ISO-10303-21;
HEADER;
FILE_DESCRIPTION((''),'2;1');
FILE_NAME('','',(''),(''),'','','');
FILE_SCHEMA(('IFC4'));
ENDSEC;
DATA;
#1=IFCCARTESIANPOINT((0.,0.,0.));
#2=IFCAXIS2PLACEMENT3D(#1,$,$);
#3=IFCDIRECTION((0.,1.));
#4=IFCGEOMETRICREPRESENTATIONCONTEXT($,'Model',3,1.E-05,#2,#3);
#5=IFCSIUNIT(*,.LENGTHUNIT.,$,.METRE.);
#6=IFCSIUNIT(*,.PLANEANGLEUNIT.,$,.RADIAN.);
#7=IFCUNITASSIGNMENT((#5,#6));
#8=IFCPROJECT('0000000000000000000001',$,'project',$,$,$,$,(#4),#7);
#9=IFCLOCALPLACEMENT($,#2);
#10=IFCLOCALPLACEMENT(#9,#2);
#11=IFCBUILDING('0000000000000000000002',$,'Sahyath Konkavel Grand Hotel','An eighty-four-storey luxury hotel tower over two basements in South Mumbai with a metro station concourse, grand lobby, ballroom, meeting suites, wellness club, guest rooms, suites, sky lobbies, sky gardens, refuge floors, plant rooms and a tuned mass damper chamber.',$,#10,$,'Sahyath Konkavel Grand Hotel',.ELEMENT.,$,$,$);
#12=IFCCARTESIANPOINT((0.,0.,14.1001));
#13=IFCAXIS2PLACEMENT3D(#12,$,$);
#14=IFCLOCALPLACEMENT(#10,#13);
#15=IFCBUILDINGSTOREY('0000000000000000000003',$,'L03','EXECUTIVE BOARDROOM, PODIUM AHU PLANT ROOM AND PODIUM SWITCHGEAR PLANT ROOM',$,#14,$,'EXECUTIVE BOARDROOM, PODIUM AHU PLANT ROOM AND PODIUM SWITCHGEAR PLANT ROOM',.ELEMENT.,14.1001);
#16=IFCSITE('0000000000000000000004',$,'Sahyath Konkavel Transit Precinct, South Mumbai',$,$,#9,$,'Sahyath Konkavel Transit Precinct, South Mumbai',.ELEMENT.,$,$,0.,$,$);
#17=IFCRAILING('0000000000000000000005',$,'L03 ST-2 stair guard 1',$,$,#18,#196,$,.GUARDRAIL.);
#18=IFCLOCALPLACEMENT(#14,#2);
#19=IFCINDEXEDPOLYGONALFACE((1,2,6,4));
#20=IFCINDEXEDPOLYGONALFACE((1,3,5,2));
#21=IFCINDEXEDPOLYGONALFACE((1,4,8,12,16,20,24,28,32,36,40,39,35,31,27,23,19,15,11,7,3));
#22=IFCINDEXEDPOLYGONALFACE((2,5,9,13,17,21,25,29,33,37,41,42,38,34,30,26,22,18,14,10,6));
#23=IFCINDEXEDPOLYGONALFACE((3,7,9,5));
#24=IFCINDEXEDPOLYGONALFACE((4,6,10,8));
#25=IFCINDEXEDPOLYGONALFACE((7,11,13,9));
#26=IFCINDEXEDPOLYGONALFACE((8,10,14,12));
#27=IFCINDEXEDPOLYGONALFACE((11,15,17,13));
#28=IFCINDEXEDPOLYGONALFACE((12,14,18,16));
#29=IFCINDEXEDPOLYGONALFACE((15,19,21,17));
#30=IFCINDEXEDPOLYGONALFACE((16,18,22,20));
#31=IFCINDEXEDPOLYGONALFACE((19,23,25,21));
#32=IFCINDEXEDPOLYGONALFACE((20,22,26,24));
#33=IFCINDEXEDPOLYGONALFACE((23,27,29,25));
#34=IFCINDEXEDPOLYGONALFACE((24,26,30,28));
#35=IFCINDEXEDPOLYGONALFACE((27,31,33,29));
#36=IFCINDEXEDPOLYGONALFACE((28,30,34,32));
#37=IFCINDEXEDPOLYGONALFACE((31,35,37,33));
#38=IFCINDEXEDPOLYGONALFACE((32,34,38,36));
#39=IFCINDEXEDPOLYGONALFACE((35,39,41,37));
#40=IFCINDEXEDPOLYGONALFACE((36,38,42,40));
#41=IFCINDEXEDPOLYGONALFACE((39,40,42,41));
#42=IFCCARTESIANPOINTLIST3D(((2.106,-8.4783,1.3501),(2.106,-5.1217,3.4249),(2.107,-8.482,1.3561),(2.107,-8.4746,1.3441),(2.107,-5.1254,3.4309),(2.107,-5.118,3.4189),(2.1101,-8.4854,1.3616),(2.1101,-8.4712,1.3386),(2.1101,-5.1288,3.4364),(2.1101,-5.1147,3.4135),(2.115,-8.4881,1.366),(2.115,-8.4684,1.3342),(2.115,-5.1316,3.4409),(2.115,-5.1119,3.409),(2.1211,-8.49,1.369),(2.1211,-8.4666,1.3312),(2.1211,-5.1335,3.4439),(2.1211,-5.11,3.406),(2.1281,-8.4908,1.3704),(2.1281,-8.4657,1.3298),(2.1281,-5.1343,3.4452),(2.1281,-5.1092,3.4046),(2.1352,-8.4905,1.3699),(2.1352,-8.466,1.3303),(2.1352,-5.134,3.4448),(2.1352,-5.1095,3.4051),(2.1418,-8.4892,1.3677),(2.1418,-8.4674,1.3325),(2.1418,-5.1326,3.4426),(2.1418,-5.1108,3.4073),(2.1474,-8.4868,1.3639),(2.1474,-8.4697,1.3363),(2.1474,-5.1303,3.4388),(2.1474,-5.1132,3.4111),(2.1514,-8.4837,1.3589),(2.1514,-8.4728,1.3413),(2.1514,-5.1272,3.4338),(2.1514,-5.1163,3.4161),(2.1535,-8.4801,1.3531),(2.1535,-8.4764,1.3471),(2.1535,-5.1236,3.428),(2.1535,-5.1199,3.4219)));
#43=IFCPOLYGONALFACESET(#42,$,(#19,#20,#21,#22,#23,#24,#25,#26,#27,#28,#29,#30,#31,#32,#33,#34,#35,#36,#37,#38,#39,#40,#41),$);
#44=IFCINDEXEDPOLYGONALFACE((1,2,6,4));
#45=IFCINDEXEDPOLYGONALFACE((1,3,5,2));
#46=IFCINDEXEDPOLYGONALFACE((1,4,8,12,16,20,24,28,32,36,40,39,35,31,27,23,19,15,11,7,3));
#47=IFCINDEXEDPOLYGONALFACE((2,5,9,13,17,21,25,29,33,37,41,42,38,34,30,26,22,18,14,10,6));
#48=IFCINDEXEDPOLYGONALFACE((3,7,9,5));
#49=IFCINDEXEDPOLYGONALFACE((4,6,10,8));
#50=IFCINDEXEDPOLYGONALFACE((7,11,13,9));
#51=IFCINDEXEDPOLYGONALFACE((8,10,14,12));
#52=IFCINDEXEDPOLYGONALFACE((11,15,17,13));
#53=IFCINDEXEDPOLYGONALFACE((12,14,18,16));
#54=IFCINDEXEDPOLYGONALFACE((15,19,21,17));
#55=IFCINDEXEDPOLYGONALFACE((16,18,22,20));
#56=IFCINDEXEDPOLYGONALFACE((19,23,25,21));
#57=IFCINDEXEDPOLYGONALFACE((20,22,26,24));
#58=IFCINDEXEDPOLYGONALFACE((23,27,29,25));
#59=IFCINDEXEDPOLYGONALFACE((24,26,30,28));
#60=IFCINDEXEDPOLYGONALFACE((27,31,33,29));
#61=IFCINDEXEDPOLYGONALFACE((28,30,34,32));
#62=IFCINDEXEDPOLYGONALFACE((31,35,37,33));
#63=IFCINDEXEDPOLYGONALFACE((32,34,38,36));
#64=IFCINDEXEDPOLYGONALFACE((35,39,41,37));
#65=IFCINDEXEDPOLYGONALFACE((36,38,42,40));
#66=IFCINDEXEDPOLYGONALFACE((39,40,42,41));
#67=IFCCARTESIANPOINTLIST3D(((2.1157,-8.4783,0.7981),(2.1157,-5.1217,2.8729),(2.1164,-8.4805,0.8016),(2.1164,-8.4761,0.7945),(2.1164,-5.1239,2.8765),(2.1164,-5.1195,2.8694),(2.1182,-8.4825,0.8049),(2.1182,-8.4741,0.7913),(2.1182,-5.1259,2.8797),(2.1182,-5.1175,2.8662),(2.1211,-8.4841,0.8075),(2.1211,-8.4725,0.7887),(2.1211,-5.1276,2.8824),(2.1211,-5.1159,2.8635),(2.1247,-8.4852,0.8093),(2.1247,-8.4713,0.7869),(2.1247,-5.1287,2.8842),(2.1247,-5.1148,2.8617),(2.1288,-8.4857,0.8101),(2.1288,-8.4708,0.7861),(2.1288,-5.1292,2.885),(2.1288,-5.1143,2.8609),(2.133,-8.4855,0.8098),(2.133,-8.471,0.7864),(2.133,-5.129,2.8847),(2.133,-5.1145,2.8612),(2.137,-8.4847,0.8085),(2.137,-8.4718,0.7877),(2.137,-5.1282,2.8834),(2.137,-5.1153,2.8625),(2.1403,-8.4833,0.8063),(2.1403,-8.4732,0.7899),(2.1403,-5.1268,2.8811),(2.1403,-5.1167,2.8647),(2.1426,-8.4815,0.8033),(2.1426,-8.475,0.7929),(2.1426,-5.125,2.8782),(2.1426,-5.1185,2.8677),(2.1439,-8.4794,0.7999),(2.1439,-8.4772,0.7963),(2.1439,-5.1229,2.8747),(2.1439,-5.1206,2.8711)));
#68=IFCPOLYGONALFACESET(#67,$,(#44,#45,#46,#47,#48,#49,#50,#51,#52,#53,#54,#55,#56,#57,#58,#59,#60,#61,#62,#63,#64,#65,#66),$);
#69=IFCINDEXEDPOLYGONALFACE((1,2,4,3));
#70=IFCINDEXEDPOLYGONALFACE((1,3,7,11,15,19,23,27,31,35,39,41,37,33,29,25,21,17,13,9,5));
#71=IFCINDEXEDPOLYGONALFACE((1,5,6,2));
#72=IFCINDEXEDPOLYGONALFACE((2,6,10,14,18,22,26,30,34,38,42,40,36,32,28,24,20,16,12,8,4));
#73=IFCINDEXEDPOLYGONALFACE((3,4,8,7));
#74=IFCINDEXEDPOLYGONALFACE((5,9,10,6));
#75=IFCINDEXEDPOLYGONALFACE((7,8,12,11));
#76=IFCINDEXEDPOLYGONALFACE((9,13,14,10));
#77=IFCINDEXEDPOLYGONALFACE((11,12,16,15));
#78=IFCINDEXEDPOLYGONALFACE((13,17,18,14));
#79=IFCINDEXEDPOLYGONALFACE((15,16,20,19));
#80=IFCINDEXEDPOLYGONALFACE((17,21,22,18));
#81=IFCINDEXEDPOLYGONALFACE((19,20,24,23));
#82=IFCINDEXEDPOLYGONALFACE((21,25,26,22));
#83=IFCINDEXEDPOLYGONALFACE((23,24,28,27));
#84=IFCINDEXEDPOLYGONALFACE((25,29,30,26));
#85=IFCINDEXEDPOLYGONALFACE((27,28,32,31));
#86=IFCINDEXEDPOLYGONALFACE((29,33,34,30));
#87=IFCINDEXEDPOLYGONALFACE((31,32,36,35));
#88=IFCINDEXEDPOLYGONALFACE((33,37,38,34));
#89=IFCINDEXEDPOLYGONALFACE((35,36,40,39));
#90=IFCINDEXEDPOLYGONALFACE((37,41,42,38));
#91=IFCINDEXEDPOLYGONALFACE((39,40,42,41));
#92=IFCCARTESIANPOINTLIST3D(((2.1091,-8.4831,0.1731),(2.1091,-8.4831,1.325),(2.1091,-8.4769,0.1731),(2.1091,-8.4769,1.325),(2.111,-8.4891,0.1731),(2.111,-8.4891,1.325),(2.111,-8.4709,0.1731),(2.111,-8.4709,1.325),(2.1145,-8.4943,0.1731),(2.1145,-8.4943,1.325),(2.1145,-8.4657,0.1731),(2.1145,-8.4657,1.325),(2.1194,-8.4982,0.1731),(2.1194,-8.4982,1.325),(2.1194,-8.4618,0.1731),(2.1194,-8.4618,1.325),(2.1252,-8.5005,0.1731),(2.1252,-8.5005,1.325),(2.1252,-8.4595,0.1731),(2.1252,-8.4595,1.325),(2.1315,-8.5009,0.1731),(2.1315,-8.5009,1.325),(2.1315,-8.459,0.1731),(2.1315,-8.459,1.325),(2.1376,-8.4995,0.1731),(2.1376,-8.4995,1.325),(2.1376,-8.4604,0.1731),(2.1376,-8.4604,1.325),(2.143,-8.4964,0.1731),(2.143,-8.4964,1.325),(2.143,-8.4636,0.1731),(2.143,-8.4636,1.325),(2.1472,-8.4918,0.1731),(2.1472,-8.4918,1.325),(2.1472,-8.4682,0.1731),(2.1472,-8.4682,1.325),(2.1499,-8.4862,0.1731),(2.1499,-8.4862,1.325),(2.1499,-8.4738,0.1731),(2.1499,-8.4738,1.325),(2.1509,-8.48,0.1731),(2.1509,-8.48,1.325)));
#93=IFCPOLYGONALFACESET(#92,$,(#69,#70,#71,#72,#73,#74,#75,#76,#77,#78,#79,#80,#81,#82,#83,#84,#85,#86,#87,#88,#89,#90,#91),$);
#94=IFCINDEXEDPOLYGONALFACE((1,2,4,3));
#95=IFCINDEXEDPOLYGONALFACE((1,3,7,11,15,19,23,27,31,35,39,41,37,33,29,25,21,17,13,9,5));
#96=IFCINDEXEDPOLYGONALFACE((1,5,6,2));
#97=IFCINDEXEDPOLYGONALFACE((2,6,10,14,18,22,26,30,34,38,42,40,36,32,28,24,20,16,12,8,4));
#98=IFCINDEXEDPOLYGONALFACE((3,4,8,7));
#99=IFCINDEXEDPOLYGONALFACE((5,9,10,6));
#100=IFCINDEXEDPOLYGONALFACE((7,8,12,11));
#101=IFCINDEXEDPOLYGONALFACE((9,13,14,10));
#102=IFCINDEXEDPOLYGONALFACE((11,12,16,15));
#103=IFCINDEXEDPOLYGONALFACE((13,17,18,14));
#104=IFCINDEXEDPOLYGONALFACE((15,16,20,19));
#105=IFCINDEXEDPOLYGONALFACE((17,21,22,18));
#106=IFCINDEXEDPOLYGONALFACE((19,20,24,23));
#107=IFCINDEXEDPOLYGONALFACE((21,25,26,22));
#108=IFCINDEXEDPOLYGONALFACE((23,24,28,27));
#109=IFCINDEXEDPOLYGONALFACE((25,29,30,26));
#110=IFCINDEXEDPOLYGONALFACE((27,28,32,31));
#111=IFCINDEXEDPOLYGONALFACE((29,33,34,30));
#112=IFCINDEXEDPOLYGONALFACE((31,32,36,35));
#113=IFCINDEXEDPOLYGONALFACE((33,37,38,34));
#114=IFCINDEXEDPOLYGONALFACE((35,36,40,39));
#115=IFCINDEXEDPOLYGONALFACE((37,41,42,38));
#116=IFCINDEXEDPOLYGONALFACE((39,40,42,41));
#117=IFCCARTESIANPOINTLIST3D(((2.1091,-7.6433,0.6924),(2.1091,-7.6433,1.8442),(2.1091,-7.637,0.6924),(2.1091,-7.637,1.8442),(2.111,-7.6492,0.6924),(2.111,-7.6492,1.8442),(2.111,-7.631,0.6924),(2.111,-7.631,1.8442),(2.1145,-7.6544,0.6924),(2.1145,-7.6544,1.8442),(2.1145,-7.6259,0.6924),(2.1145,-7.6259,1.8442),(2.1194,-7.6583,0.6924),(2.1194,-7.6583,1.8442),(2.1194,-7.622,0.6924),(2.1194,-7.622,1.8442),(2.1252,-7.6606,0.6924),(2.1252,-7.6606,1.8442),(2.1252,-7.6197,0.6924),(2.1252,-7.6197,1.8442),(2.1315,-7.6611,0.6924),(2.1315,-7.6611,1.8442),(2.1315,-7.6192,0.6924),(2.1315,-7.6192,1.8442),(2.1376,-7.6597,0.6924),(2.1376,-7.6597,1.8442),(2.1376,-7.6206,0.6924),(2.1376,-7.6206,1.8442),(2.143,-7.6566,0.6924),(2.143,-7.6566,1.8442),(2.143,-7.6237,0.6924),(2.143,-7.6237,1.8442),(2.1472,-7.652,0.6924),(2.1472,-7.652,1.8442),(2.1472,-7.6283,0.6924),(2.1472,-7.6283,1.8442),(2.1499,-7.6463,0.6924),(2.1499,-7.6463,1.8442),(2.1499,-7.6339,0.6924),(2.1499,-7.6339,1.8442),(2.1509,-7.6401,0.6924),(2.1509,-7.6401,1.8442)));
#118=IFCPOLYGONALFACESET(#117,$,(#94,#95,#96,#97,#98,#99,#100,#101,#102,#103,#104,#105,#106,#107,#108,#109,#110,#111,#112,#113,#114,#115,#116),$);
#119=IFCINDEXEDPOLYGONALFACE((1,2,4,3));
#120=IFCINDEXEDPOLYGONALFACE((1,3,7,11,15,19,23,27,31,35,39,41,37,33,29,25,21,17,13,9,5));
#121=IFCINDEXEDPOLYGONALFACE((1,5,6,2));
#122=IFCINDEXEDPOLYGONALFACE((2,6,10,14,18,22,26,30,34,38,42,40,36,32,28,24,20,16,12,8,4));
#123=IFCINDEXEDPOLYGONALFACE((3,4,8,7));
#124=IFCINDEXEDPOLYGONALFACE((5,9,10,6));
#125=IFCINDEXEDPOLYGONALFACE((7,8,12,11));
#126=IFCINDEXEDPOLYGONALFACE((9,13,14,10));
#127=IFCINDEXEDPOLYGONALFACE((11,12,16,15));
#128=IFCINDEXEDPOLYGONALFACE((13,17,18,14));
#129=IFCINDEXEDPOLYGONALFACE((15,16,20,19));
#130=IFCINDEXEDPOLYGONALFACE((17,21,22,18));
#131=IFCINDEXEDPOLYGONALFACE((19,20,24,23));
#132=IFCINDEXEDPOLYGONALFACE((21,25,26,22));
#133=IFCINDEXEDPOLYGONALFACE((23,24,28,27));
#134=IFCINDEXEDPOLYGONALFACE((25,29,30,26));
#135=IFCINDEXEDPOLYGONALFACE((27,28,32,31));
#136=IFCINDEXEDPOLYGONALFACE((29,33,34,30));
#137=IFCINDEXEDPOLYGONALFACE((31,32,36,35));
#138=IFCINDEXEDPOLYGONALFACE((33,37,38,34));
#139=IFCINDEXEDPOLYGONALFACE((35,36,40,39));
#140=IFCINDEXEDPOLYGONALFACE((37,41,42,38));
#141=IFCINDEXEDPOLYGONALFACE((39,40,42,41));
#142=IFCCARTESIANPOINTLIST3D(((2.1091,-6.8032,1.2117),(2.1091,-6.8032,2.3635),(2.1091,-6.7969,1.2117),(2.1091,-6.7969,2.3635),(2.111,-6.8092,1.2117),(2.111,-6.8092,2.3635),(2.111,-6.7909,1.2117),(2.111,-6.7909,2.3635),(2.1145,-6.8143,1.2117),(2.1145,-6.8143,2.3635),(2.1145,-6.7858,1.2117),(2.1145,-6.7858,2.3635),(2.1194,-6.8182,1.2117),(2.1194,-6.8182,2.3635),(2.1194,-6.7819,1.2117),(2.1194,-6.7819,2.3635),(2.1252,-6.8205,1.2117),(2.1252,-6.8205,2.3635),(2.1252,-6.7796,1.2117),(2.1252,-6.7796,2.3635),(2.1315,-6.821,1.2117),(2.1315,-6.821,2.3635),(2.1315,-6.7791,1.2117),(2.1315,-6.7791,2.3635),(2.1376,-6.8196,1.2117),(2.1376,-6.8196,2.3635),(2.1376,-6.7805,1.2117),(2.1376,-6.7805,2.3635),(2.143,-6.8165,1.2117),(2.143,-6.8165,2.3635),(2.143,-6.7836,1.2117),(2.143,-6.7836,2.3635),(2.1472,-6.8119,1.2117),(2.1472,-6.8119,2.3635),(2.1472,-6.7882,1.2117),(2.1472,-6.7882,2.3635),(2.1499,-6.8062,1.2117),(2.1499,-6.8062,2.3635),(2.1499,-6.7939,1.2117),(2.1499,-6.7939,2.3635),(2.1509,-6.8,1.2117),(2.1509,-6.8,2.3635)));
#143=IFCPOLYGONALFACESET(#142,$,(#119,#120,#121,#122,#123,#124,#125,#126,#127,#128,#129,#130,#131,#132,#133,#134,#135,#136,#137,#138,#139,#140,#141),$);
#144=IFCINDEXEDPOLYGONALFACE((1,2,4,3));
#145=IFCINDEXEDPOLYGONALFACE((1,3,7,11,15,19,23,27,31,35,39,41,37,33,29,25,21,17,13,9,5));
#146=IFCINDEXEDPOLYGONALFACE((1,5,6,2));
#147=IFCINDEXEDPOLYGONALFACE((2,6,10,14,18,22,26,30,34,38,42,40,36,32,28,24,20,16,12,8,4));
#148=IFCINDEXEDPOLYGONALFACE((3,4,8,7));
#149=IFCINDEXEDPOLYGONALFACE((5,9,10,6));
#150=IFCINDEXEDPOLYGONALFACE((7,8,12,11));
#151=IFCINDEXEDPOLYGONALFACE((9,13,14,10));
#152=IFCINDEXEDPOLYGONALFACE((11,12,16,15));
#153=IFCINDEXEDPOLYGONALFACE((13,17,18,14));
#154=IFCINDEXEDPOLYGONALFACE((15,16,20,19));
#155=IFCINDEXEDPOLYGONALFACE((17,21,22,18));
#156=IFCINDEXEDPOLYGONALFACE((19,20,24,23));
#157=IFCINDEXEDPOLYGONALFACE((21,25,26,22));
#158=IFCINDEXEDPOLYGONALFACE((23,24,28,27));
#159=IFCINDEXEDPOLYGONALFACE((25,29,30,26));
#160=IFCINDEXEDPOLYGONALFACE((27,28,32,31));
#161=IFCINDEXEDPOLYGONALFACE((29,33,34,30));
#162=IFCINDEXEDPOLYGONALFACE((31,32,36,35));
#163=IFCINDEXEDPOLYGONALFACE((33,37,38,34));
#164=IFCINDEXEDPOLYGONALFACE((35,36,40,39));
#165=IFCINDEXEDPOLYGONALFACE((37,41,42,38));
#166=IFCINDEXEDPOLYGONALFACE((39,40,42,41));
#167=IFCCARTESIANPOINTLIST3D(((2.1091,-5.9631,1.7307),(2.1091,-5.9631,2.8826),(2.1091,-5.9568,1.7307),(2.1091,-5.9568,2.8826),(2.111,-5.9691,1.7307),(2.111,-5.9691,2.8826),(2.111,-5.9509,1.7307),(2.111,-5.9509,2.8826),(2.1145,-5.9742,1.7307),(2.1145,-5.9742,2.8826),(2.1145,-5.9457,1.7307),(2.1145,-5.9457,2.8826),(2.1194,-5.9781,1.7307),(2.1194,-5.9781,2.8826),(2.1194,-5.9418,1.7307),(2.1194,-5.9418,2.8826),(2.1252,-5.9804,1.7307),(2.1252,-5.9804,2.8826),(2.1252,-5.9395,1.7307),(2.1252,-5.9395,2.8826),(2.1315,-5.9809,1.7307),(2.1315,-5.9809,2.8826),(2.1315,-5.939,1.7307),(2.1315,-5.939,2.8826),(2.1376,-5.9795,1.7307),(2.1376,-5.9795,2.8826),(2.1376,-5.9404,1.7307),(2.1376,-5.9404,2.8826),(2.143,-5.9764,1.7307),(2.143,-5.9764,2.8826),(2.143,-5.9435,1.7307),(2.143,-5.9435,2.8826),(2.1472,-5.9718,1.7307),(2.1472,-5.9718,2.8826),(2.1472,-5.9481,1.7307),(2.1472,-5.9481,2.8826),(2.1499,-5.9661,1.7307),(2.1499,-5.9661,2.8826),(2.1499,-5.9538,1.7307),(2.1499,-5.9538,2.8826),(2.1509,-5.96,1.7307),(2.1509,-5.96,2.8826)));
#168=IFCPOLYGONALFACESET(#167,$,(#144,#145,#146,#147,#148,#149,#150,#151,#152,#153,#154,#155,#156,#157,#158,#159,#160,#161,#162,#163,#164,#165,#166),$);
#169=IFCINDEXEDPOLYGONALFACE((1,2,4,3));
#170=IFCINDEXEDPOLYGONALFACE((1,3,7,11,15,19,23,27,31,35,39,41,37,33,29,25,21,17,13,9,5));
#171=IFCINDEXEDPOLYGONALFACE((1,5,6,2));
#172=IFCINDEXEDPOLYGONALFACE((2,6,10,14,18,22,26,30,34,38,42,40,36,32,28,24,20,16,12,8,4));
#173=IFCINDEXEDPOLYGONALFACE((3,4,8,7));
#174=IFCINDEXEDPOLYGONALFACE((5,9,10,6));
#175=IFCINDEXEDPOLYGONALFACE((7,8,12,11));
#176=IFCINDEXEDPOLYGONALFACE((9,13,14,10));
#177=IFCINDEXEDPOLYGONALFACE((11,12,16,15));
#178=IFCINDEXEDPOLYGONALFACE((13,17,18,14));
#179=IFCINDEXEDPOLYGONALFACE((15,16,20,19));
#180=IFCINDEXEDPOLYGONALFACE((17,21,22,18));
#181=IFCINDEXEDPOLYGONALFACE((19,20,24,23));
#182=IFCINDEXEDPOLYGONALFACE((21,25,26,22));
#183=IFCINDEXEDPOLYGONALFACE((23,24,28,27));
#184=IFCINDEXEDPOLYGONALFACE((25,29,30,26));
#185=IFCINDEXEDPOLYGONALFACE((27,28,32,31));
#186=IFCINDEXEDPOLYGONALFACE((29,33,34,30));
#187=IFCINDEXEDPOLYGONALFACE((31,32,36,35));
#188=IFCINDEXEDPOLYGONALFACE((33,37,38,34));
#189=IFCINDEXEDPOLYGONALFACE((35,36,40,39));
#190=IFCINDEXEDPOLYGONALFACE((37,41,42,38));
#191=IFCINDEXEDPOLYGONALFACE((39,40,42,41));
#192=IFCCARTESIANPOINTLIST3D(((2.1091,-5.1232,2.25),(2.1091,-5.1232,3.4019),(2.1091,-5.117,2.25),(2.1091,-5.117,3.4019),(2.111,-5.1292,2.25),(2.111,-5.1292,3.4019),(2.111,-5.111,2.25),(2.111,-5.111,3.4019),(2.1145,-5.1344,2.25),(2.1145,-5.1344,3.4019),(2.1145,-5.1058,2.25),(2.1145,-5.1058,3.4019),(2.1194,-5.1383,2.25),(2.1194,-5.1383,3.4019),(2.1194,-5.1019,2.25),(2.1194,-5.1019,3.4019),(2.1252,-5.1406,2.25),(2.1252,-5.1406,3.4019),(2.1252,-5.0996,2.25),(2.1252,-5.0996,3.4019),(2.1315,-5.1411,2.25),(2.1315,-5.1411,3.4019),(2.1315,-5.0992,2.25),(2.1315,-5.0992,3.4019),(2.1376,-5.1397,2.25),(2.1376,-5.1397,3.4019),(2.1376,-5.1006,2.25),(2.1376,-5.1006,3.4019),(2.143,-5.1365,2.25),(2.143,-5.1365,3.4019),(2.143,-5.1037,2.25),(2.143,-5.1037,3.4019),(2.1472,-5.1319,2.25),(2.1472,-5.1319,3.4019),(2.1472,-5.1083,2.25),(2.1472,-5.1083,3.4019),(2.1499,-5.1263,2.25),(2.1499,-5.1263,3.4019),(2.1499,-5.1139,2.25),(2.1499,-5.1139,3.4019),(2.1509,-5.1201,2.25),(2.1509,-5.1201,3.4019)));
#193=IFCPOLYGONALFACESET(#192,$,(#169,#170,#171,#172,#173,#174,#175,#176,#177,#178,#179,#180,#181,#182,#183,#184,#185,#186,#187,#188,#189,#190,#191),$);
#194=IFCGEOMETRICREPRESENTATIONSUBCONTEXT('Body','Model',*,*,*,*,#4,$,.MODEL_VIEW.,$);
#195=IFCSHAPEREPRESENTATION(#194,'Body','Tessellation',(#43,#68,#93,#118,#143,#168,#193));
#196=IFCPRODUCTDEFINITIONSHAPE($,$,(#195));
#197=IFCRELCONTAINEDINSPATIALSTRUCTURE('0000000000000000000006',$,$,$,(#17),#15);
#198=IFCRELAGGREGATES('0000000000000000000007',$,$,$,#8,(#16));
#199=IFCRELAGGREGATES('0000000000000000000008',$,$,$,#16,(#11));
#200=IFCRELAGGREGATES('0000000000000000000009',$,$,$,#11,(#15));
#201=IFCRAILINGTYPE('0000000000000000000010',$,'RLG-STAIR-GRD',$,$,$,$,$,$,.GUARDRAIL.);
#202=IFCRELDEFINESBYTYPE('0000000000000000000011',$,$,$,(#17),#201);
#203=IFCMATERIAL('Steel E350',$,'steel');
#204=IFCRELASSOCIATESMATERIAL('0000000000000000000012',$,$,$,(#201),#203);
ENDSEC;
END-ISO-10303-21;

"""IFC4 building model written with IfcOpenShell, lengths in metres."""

from ifc_helpers import new_model, si_unit, direction, frame, origin, origin_2d, place, context, subcontext, project, spatial, circle, extrude, material, type_object, element, save


model = new_model("IFC4")

# Units and contexts
model_context = context("Model", 3, precision=1e-05, world=origin(), true_north=direction((0.0, 1.0)))
body_context = subcontext(model_context, "Body", "Model", "MODEL_VIEW")
ifc_project = project(units=[si_unit("LENGTHUNIT", "METRE"), si_unit("PLANEANGLEUNIT", "RADIAN")], contexts=[model_context])

# Site, building, storey
site_placement = place(None, origin())
site = spatial("IfcSite", under=ifc_project, at=site_placement, Name="Sahyath Konkavel Transit Precinct, South Mumbai", LongName="Sahyath Konkavel Transit Precinct, South Mumbai", CompositionType="ELEMENT", RefElevation=0.0)
building_placement = place(site_placement, origin())
building = spatial("IfcBuilding", under=site, at=building_placement, Name="Sahyath Konkavel Grand Hotel", Description="An eighty-four-storey luxury hotel tower over two basements in South Mumbai with a metro station concourse, grand lobby, ballroom, meeting suites, wellness club, guest rooms, suites, sky lobbies, sky gardens, refuge floors, plant rooms and a tuned mass damper chamber.", LongName="Sahyath Konkavel Grand Hotel", CompositionType="ELEMENT")
storey_placement = place(building_placement, frame((0.0, 0.0, 14.1001)))
storey = spatial("IfcBuildingStorey", under=building, at=storey_placement, Name="L03", Description="EXECUTIVE BOARDROOM, PODIUM AHU PLANT ROOM AND PODIUM SWITCHGEAR PLANT ROOM", LongName="EXECUTIVE BOARDROOM, PODIUM AHU PLANT ROOM AND PODIUM SWITCHGEAR PLANT ROOM", CompositionType="ELEMENT", Elevation=14.1001)

# Shared definitions
ifc_material_1 = material(Name="Steel E350", Category="steel")

# Railing
railing_type_1 = type_object("IfcRailingType", Name="RLG-STAIR-GRD", PredefinedType="GUARDRAIL", material=ifc_material_1)
railing_1_placement = place(storey_placement, frame((2.1299, -8.48, 0.1731)))
element("IfcRailing", 1, at=railing_1_placement, inside=storey, type_object=railing_type_1, Name="L03 ST-2 stair guard 1", PredefinedType="GUARDRAIL", context=body_context, shape_type="SweptSolid", body=[
    extrude(circle(Radius=0.0239, at=origin_2d()), frame((0.0, 0.0017, 1.177), z_axis=(0.0, 0.850606, 0.525803), x_axis=(-1.0, 0.0, 0.0)), (0.0, 0.0, 1.0), 3.946),
    extrude(circle(Radius=0.0142, at=origin_2d()), frame((0.0, 0.0017, 0.625), z_axis=(0.0, 0.850606, 0.525803), x_axis=(-1.0, 0.0, 0.0)), (0.0, 0.0, 1.0), 3.946),
    extrude(circle(Radius=0.021, at=origin_2d()), origin(), (0.0, 0.0, 1.0), 1.1519),
    extrude(circle(Radius=0.021, at=origin_2d()), frame((0.0, 0.8398, 0.5193)), (0.0, 0.0, 1.0), 1.1519),
    extrude(circle(Radius=0.021, at=origin_2d()), frame((0.0, 1.6799, 1.0386)), (0.0, 0.0, 1.0), 1.1519),
    extrude(circle(Radius=0.021, at=origin_2d()), frame((0.0, 2.52, 1.5576)), (0.0, 0.0, 1.0), 1.1519),
    extrude(circle(Radius=0.021, at=origin_2d()), frame((0.0, 3.3599, 2.0769)), (0.0, 0.0, 1.0), 1.1519),
])

save(model, "model.ifc")
